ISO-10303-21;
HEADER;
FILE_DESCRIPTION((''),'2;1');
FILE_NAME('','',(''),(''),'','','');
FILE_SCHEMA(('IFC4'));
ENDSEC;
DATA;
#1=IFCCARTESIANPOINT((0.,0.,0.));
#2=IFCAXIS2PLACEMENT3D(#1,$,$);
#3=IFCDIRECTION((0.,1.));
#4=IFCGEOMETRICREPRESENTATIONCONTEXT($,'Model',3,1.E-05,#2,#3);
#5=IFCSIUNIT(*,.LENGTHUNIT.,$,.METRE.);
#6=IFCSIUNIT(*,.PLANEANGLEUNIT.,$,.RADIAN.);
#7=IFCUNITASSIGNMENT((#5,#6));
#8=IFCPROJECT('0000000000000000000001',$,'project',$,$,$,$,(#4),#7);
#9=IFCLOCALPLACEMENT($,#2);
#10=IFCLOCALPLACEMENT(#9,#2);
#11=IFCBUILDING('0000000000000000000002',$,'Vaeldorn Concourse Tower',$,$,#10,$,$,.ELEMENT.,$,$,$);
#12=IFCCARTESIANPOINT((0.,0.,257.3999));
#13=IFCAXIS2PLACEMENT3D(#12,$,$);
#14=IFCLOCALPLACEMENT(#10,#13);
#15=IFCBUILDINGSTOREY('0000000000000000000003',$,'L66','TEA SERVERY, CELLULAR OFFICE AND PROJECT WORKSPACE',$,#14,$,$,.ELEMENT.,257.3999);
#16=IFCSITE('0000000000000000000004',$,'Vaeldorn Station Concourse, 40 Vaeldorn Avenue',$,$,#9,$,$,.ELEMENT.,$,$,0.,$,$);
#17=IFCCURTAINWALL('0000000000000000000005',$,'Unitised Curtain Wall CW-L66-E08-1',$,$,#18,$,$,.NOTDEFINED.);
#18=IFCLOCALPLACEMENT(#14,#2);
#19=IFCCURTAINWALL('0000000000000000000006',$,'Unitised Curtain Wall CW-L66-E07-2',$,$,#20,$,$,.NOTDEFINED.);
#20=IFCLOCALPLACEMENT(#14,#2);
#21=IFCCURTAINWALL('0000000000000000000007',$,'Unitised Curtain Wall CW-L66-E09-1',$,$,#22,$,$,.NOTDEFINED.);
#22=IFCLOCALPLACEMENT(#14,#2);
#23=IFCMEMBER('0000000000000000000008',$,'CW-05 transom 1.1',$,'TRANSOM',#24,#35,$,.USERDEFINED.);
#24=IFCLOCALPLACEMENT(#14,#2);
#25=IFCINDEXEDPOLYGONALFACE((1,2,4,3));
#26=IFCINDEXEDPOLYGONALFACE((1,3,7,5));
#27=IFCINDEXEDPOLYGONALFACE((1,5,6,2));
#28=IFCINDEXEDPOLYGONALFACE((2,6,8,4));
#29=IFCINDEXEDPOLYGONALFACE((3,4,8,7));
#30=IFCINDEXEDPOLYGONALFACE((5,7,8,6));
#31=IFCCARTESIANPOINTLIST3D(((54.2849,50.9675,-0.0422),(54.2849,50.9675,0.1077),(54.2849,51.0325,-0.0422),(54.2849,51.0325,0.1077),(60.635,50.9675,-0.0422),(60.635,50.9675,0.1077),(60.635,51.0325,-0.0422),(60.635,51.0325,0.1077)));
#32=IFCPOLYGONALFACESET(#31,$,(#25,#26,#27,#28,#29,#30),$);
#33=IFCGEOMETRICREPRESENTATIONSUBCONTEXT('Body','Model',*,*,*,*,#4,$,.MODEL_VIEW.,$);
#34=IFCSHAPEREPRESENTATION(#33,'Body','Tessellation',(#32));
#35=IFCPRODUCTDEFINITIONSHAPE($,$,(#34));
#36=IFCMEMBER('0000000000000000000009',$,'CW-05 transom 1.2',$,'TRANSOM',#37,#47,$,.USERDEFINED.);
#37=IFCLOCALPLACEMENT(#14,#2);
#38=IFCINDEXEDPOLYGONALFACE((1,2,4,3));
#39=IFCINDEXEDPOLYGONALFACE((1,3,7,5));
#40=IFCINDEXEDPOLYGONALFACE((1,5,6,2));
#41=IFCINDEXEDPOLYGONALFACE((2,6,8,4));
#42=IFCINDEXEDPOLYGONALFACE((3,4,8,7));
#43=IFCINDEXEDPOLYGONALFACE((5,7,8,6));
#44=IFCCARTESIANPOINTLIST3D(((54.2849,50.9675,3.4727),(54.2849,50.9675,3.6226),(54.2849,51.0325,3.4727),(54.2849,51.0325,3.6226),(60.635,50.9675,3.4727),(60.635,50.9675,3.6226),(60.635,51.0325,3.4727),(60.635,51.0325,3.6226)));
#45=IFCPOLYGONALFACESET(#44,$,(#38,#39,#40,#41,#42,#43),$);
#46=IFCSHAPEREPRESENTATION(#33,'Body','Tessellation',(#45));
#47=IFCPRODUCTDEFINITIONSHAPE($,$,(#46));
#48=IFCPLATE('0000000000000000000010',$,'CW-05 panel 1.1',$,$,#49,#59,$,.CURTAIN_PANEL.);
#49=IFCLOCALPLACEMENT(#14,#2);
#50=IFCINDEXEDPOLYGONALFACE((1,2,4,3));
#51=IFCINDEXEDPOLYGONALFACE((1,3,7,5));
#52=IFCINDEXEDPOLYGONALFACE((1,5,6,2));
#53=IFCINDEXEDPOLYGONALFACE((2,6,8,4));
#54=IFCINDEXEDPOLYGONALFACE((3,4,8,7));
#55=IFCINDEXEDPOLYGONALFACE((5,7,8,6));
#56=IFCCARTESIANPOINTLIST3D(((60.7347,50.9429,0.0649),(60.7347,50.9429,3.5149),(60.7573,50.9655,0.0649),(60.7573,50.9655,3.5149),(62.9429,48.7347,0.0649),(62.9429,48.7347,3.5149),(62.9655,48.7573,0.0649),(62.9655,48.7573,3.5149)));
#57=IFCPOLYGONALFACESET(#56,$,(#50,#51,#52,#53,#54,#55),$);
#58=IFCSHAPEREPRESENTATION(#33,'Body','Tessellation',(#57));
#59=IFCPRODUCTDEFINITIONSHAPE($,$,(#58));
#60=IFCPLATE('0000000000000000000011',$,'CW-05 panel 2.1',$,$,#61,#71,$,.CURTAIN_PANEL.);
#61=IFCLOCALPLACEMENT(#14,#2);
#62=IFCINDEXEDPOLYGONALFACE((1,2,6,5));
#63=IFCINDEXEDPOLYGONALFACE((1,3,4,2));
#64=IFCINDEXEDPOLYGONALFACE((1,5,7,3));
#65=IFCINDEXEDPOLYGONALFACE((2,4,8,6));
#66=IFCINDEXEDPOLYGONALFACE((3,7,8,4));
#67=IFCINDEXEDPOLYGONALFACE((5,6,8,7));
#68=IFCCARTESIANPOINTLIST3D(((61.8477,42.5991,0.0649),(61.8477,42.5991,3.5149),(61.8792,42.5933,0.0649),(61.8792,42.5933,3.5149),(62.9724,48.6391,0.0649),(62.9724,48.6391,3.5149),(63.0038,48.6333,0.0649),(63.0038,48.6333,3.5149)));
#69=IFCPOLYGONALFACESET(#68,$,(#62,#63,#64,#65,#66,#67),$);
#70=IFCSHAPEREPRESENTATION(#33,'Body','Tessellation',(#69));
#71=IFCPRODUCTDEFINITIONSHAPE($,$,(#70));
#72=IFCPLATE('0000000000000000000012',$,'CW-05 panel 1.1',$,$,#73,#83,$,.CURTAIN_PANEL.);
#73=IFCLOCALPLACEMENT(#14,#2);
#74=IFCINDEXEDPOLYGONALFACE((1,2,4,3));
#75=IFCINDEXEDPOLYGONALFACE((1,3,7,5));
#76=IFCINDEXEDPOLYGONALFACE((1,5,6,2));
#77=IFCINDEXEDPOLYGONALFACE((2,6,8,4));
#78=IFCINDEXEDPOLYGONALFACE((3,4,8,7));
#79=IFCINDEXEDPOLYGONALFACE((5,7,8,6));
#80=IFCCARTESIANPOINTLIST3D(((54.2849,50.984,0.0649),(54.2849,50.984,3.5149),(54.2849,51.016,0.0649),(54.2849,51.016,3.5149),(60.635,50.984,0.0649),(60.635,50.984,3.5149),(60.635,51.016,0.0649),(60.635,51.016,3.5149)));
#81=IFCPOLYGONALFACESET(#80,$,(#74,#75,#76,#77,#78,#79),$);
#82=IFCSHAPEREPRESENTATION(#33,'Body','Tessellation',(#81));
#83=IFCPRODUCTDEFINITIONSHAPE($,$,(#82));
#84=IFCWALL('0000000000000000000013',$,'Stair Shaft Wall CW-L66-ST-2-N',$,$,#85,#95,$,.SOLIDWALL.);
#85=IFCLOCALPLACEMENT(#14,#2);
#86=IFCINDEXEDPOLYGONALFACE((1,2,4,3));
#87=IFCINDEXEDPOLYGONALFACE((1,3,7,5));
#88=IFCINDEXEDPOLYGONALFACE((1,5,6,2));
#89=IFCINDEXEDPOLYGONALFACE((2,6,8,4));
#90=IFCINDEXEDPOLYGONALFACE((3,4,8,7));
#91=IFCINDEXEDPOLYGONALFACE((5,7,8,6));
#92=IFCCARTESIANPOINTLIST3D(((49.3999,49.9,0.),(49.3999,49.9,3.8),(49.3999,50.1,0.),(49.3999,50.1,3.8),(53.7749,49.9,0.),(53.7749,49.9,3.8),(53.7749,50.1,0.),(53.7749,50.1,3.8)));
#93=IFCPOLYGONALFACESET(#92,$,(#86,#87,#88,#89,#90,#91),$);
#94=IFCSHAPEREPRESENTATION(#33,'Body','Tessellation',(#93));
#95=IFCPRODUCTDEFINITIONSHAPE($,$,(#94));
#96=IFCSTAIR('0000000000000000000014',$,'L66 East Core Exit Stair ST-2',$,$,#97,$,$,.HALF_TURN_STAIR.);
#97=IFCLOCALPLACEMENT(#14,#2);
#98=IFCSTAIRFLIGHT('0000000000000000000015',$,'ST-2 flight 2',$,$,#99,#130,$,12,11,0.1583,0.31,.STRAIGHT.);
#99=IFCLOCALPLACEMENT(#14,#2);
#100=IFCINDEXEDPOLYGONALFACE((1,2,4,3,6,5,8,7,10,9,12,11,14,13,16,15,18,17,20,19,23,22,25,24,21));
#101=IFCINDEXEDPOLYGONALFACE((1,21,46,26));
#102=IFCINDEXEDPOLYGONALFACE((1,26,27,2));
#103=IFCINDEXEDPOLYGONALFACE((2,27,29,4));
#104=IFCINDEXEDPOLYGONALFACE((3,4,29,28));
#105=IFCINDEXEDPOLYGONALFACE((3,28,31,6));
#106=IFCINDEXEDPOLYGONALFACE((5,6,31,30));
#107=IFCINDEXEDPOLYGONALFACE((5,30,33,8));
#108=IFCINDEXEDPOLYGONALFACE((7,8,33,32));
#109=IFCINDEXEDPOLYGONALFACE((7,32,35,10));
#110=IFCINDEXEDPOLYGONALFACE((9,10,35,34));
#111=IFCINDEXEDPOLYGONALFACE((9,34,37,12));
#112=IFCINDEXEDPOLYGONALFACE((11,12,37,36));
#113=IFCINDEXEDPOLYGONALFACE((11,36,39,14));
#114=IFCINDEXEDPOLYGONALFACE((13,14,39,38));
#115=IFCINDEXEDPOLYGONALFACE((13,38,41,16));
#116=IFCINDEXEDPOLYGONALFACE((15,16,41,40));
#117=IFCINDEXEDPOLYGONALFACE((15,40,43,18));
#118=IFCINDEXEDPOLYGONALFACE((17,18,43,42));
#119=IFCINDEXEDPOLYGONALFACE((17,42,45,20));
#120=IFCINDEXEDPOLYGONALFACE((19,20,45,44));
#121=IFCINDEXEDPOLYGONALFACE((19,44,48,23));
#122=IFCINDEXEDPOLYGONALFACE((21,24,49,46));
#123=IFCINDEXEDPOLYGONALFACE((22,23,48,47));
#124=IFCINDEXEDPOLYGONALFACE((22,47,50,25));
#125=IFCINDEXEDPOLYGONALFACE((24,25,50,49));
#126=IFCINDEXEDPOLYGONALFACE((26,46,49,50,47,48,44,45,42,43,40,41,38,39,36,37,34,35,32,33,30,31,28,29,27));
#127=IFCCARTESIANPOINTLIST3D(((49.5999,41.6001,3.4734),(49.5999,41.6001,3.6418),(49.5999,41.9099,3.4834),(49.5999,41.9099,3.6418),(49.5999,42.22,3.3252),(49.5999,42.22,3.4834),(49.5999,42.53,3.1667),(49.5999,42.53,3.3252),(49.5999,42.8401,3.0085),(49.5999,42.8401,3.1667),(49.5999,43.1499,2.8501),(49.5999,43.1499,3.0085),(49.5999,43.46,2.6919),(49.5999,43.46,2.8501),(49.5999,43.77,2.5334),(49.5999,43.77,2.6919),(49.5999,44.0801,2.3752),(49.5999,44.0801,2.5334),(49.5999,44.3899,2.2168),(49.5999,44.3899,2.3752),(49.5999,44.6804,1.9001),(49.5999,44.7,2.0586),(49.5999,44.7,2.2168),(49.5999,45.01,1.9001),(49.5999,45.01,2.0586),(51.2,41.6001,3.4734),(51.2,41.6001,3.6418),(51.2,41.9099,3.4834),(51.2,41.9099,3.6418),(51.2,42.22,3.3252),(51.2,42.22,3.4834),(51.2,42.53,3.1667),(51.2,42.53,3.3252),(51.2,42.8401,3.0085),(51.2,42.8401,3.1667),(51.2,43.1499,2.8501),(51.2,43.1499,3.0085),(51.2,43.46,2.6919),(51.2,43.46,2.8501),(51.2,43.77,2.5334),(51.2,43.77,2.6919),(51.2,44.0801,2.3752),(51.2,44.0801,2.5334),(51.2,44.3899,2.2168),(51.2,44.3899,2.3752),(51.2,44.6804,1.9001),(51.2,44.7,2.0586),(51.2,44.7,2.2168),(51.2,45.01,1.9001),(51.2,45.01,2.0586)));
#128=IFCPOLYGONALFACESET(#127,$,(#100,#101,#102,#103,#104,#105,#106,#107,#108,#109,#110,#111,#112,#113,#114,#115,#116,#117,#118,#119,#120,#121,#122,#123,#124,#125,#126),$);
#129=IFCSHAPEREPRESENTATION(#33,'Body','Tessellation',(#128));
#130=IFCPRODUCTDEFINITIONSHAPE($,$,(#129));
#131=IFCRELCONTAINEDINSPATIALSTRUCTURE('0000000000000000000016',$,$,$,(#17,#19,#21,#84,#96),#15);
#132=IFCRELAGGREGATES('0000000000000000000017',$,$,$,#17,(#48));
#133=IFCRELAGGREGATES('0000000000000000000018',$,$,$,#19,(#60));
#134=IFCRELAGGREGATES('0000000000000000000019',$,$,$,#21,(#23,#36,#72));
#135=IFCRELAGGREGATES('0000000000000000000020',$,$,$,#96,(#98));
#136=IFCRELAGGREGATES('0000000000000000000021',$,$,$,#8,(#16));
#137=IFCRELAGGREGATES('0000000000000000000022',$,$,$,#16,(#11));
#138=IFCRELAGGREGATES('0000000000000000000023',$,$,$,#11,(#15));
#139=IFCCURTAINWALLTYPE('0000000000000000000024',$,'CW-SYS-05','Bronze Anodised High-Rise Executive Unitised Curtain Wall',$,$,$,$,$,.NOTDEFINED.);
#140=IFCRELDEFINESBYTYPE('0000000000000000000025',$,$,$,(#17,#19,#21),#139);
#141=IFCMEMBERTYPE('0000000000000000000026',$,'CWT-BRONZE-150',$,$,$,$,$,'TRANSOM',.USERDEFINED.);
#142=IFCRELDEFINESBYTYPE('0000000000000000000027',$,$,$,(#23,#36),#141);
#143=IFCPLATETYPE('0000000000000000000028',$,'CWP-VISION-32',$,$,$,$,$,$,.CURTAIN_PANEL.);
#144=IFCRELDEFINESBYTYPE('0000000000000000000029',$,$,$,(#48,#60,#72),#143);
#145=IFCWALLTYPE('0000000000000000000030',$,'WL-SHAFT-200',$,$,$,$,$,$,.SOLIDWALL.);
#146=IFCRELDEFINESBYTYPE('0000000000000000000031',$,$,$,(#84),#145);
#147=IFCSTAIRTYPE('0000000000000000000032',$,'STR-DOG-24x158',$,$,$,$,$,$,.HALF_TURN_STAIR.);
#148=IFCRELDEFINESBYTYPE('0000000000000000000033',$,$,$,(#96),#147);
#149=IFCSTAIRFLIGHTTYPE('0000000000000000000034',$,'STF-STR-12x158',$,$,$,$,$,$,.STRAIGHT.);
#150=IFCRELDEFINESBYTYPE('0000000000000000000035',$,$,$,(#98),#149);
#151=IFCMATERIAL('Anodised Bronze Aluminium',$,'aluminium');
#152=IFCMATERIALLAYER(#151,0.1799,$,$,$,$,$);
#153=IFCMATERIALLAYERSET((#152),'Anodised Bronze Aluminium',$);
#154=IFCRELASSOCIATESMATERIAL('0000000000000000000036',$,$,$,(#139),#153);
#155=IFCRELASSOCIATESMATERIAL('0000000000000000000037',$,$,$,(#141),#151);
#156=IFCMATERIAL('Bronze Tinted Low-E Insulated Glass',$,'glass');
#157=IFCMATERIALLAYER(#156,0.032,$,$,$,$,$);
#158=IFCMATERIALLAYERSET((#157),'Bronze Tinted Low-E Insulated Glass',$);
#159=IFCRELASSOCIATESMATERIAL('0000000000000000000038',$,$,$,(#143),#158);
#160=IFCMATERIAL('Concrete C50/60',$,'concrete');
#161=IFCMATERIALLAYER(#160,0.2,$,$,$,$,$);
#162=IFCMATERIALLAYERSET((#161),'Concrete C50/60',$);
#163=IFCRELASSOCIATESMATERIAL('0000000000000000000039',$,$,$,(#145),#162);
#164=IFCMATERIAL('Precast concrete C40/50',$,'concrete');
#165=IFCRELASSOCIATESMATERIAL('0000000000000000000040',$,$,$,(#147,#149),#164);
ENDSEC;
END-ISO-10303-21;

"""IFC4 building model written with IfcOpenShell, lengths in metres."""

from ifc_helpers import new_model, si_unit, direction, frame, frame_2d, origin, origin_2d, place, context, subcontext, project, spatial, polyline, rectangle, outline, extrude, source, transform, mapped, material, layer, layer_set, material_profile, profile_set, type_object, element, aggregate, save


model = new_model("IFC4")

# Units and contexts
model_context = context("Model", 3, precision=1e-05, world=origin(), true_north=direction((0.0, 1.0)))
body_context = subcontext(model_context, "Body", "Model", "MODEL_VIEW")
ifc_project = project(units=[si_unit("LENGTHUNIT", "METRE"), si_unit("PLANEANGLEUNIT", "RADIAN")], contexts=[model_context])

# Site, building, storey
site_placement = place(None, origin())
site = spatial("IfcSite", under=ifc_project, at=site_placement, Name="Vaeldorn Station Concourse, 40 Vaeldorn Avenue", CompositionType="ELEMENT", RefElevation=0.0)
building_placement = place(site_placement, origin())
building = spatial("IfcBuilding", under=site, at=building_placement, Name="Vaeldorn Concourse Tower", CompositionType="ELEMENT")
storey_placement = place(building_placement, frame((0.0, 0.0, 257.3999)))
storey = spatial("IfcBuildingStorey", under=building, at=storey_placement, Name="L66", Description="TEA SERVERY, CELLULAR OFFICE AND PROJECT WORKSPACE", CompositionType="ELEMENT", Elevation=257.3999)

# Curtain wall
ifc_material_1 = material(Name="Anodised Bronze Aluminium", Category="aluminium")
ifc_layer_1 = layer(ifc_material_1, 0.1799)
ifc_layer_set_1 = layer_set([ifc_layer_1], Name="Anodised Bronze Aluminium")
curtain_wall_type = type_object("IfcCurtainWallType", Name="CW-SYS-05", Description="Bronze Anodised High-Rise Executive Unitised Curtain Wall", PredefinedType="NOTDEFINED", material=ifc_layer_set_1)
curtain_wall_1_placement = place(storey_placement, origin())
curtain_wall_1 = element("IfcCurtainWall", 1, at=curtain_wall_1_placement, inside=storey, type_object=curtain_wall_type, Name="Unitised Curtain Wall CW-L66-E08-1", PredefinedType="NOTDEFINED")
ifc_material_profile_1 = material_profile(ifc_material_1, rectangle(XDim=0.0649, YDim=0.1499, at=origin_2d()), Name="CWT 65x150")
ifc_profile_set_1 = profile_set([ifc_material_profile_1], Name="Anodised Bronze Aluminium")
member_type_1 = type_object("IfcMemberType", Name="CWT-BRONZE-150", ElementType="TRANSOM", PredefinedType="USERDEFINED", material=ifc_profile_set_1)

# Curtain wall
curtain_wall_2_placement = place(storey_placement, origin())
curtain_wall_2 = element("IfcCurtainWall", 2, at=curtain_wall_2_placement, inside=storey, type_object=curtain_wall_type, Name="Unitised Curtain Wall CW-L66-E07-2", PredefinedType="NOTDEFINED")

# Curtain wall, members
curtain_wall_3_placement = place(storey_placement, origin())
curtain_wall_3 = element("IfcCurtainWall", 3, at=curtain_wall_3_placement, inside=storey, type_object=curtain_wall_type, Name="Unitised Curtain Wall CW-L66-E09-1", PredefinedType="NOTDEFINED")
shared_shape_1 = source(origin(), body_context, "Body", "SweptSolid", [
    extrude(rectangle(XDim=0.0649, YDim=0.1499, at=origin_2d()), origin(), (0.0, 0.0, 1.0), 6.3501),
])
member_1_placement = place(storey_placement, frame((60.635, 51.0, 0.0327), z_axis=(-1.0, 0.0, 0.0), x_axis=(0.0, -1.0, 0.0)))
member_1 = element("IfcMember", 4, at=member_1_placement, type_object=member_type_1, Name="CW-05 transom 1.1", ObjectType="TRANSOM", PredefinedType="USERDEFINED", context=body_context, shape_type="MappedRepresentation", body=[
    mapped(shared_shape_1, transform((0.0, 0.0, 0.0), scale=1.0)),
])
member_2_placement = place(storey_placement, frame((60.635, 51.0, 3.5476), z_axis=(-1.0, 0.0, 0.0), x_axis=(0.0, -1.0, 0.0)))
member_2 = element("IfcMember", 5, at=member_2_placement, type_object=member_type_1, Name="CW-05 transom 1.2", ObjectType="TRANSOM", PredefinedType="USERDEFINED", context=body_context, shape_type="MappedRepresentation", body=[
    mapped(shared_shape_1, transform((0.0, 0.0, 0.0), scale=1.0)),
])

# Plates
ifc_material_2 = material(Name="Bronze Tinted Low-E Insulated Glass", Category="glass")
ifc_layer_2 = layer(ifc_material_2, 0.032)
ifc_layer_set_2 = layer_set([ifc_layer_2], Name="Bronze Tinted Low-E Insulated Glass")
plate_type = type_object("IfcPlateType", Name="CWP-VISION-32", PredefinedType="CURTAIN_PANEL", material=ifc_layer_set_2)
shared_shape_2 = source(origin(), body_context, "Body", "SweptSolid", [
    extrude(rectangle(XDim=3.1228, YDim=0.032, at=origin_2d()), origin(), (0.0, 0.0, 1.0), 3.45),
])
plate_1_placement = place(storey_placement, frame((61.8501, 49.8501, 0.0649), z_axis=(0.0, 0.0, 1.0), x_axis=(-0.707107, 0.707107, 0.0)))
plate_1 = element("IfcPlate", 6, at=plate_1_placement, type_object=plate_type, Name="CW-05 panel 1.1", PredefinedType="CURTAIN_PANEL", context=body_context, shape_type="MappedRepresentation", body=[
    mapped(shared_shape_2, transform((0.0, 0.0, 0.0), scale=1.0)),
])
aggregate(curtain_wall_1, [plate_1])
shared_shape_3 = source(origin(), body_context, "Body", "SweptSolid", [
    extrude(rectangle(XDim=6.1438, YDim=0.032, at=origin_2d()), origin(), (0.0, 0.0, 1.0), 3.45),
])
plate_2_placement = place(storey_placement, frame((62.4258, 45.6162, 0.0649), z_axis=(0.0, 0.0, 1.0), x_axis=(0.183054, 0.983103, 0.0)))
plate_2 = element("IfcPlate", 7, at=plate_2_placement, type_object=plate_type, Name="CW-05 panel 2.1", PredefinedType="CURTAIN_PANEL", context=body_context, shape_type="MappedRepresentation", body=[
    mapped(shared_shape_3, transform((0.0, 0.0, 0.0), scale=1.0)),
])
aggregate(curtain_wall_2, [plate_2])
shared_shape_4 = source(origin(), body_context, "Body", "SweptSolid", [
    extrude(rectangle(XDim=6.3501, YDim=0.032, at=origin_2d()), origin(), (0.0, 0.0, 1.0), 3.45),
])
plate_3_placement = place(storey_placement, frame((57.46, 51.0, 0.0649), z_axis=(0.0, 0.0, 1.0), x_axis=(-1.0, 0.0, 0.0)))
plate_3 = element("IfcPlate", 8, at=plate_3_placement, type_object=plate_type, Name="CW-05 panel 1.1", PredefinedType="CURTAIN_PANEL", context=body_context, shape_type="MappedRepresentation", body=[
    mapped(shared_shape_4, transform((0.0, 0.0, 0.0), scale=1.0)),
])
aggregate(curtain_wall_3, [member_1, member_2, plate_3])

# Wall
ifc_material_3 = material(Name="Concrete C50/60", Category="concrete")
ifc_layer_3 = layer(ifc_material_3, 0.2)
ifc_layer_set_3 = layer_set([ifc_layer_3], Name="Concrete C50/60")
wall_type = type_object("IfcWallType", Name="WL-SHAFT-200", PredefinedType="SOLIDWALL", material=ifc_layer_set_3)
wall_placement = place(storey_placement, frame((49.3999, 50.0, 0.0), z_axis=(0.0, 0.0, 1.0), x_axis=(1.0, 0.0, 0.0)))
element("IfcWall", 9, at=wall_placement, inside=storey, type_object=wall_type, Name="Stair Shaft Wall CW-L66-ST-2-N", PredefinedType="SOLIDWALL", context=body_context, shape_type="SweptSolid", body=[
    extrude(rectangle(XDim=4.375, YDim=0.2, at=frame_2d((2.1875, 0.0))), origin(), (0.0, 0.0, 1.0), 3.8),
])

# Stair, stair flight
ifc_material_4 = material(Name="Precast concrete C40/50", Category="concrete")
stair_type = type_object("IfcStairType", Name="STR-DOG-24x158", PredefinedType="HALF_TURN_STAIR", material=ifc_material_4)
stair_placement = place(storey_placement, origin())
stair = element("IfcStair", 10, at=stair_placement, inside=storey, type_object=stair_type, Name="L66 East Core Exit Stair ST-2", PredefinedType="HALF_TURN_STAIR")
stair_flight_type = type_object("IfcStairFlightType", Name="STF-STR-12x158", PredefinedType="STRAIGHT", material=ifc_material_4)
stair_flight_placement = place(storey_placement, frame((50.3999, 45.01, 1.9001), z_axis=(0.0, 0.0, 1.0), x_axis=(0.0, -1.0, 0.0)))
stair_flight = element("IfcStairFlight", 11, at=stair_flight_placement, type_object=stair_flight_type, Name="ST-2 flight 2", NumberOfRisers=12, NumberOfTreads=11, PredefinedType="STRAIGHT", RiserHeight=0.1583, TreadLength=0.31, context=body_context, shape_type="SweptSolid", body=[
    extrude(outline(polyline([(0.0, 0.0), (0.0, 0.1584), (0.3101, 0.1584), (0.3101, 0.3167), (0.6201, 0.3167), (0.6201, 0.4751), (0.9299, 0.4751), (0.9299, 0.6333), (1.24, 0.6333), (1.24, 0.7917), (1.55, 0.7917), (1.55, 0.95), (1.8601, 0.95), (1.8601, 1.1084), (2.1699, 1.1084), (2.1699, 1.2666), (2.48, 1.2666), (2.48, 1.425), (2.79, 1.425), (2.79, 1.5833), (3.1001, 1.5833), (3.1001, 1.7417), (3.4099, 1.7417), (3.4099, 1.8999), (3.4099, 1.5732), (0.3296, 0.0), (0.0, 0.0)])), frame((0.0, 0.8, 0.0), z_axis=(0.0, -1.0, 0.0), x_axis=(1.0, 0.0, 0.0)), (0.0, 0.0, 1.0), 1.6001),
])
aggregate(stair, [stair_flight])

save(model, "model.ifc")
